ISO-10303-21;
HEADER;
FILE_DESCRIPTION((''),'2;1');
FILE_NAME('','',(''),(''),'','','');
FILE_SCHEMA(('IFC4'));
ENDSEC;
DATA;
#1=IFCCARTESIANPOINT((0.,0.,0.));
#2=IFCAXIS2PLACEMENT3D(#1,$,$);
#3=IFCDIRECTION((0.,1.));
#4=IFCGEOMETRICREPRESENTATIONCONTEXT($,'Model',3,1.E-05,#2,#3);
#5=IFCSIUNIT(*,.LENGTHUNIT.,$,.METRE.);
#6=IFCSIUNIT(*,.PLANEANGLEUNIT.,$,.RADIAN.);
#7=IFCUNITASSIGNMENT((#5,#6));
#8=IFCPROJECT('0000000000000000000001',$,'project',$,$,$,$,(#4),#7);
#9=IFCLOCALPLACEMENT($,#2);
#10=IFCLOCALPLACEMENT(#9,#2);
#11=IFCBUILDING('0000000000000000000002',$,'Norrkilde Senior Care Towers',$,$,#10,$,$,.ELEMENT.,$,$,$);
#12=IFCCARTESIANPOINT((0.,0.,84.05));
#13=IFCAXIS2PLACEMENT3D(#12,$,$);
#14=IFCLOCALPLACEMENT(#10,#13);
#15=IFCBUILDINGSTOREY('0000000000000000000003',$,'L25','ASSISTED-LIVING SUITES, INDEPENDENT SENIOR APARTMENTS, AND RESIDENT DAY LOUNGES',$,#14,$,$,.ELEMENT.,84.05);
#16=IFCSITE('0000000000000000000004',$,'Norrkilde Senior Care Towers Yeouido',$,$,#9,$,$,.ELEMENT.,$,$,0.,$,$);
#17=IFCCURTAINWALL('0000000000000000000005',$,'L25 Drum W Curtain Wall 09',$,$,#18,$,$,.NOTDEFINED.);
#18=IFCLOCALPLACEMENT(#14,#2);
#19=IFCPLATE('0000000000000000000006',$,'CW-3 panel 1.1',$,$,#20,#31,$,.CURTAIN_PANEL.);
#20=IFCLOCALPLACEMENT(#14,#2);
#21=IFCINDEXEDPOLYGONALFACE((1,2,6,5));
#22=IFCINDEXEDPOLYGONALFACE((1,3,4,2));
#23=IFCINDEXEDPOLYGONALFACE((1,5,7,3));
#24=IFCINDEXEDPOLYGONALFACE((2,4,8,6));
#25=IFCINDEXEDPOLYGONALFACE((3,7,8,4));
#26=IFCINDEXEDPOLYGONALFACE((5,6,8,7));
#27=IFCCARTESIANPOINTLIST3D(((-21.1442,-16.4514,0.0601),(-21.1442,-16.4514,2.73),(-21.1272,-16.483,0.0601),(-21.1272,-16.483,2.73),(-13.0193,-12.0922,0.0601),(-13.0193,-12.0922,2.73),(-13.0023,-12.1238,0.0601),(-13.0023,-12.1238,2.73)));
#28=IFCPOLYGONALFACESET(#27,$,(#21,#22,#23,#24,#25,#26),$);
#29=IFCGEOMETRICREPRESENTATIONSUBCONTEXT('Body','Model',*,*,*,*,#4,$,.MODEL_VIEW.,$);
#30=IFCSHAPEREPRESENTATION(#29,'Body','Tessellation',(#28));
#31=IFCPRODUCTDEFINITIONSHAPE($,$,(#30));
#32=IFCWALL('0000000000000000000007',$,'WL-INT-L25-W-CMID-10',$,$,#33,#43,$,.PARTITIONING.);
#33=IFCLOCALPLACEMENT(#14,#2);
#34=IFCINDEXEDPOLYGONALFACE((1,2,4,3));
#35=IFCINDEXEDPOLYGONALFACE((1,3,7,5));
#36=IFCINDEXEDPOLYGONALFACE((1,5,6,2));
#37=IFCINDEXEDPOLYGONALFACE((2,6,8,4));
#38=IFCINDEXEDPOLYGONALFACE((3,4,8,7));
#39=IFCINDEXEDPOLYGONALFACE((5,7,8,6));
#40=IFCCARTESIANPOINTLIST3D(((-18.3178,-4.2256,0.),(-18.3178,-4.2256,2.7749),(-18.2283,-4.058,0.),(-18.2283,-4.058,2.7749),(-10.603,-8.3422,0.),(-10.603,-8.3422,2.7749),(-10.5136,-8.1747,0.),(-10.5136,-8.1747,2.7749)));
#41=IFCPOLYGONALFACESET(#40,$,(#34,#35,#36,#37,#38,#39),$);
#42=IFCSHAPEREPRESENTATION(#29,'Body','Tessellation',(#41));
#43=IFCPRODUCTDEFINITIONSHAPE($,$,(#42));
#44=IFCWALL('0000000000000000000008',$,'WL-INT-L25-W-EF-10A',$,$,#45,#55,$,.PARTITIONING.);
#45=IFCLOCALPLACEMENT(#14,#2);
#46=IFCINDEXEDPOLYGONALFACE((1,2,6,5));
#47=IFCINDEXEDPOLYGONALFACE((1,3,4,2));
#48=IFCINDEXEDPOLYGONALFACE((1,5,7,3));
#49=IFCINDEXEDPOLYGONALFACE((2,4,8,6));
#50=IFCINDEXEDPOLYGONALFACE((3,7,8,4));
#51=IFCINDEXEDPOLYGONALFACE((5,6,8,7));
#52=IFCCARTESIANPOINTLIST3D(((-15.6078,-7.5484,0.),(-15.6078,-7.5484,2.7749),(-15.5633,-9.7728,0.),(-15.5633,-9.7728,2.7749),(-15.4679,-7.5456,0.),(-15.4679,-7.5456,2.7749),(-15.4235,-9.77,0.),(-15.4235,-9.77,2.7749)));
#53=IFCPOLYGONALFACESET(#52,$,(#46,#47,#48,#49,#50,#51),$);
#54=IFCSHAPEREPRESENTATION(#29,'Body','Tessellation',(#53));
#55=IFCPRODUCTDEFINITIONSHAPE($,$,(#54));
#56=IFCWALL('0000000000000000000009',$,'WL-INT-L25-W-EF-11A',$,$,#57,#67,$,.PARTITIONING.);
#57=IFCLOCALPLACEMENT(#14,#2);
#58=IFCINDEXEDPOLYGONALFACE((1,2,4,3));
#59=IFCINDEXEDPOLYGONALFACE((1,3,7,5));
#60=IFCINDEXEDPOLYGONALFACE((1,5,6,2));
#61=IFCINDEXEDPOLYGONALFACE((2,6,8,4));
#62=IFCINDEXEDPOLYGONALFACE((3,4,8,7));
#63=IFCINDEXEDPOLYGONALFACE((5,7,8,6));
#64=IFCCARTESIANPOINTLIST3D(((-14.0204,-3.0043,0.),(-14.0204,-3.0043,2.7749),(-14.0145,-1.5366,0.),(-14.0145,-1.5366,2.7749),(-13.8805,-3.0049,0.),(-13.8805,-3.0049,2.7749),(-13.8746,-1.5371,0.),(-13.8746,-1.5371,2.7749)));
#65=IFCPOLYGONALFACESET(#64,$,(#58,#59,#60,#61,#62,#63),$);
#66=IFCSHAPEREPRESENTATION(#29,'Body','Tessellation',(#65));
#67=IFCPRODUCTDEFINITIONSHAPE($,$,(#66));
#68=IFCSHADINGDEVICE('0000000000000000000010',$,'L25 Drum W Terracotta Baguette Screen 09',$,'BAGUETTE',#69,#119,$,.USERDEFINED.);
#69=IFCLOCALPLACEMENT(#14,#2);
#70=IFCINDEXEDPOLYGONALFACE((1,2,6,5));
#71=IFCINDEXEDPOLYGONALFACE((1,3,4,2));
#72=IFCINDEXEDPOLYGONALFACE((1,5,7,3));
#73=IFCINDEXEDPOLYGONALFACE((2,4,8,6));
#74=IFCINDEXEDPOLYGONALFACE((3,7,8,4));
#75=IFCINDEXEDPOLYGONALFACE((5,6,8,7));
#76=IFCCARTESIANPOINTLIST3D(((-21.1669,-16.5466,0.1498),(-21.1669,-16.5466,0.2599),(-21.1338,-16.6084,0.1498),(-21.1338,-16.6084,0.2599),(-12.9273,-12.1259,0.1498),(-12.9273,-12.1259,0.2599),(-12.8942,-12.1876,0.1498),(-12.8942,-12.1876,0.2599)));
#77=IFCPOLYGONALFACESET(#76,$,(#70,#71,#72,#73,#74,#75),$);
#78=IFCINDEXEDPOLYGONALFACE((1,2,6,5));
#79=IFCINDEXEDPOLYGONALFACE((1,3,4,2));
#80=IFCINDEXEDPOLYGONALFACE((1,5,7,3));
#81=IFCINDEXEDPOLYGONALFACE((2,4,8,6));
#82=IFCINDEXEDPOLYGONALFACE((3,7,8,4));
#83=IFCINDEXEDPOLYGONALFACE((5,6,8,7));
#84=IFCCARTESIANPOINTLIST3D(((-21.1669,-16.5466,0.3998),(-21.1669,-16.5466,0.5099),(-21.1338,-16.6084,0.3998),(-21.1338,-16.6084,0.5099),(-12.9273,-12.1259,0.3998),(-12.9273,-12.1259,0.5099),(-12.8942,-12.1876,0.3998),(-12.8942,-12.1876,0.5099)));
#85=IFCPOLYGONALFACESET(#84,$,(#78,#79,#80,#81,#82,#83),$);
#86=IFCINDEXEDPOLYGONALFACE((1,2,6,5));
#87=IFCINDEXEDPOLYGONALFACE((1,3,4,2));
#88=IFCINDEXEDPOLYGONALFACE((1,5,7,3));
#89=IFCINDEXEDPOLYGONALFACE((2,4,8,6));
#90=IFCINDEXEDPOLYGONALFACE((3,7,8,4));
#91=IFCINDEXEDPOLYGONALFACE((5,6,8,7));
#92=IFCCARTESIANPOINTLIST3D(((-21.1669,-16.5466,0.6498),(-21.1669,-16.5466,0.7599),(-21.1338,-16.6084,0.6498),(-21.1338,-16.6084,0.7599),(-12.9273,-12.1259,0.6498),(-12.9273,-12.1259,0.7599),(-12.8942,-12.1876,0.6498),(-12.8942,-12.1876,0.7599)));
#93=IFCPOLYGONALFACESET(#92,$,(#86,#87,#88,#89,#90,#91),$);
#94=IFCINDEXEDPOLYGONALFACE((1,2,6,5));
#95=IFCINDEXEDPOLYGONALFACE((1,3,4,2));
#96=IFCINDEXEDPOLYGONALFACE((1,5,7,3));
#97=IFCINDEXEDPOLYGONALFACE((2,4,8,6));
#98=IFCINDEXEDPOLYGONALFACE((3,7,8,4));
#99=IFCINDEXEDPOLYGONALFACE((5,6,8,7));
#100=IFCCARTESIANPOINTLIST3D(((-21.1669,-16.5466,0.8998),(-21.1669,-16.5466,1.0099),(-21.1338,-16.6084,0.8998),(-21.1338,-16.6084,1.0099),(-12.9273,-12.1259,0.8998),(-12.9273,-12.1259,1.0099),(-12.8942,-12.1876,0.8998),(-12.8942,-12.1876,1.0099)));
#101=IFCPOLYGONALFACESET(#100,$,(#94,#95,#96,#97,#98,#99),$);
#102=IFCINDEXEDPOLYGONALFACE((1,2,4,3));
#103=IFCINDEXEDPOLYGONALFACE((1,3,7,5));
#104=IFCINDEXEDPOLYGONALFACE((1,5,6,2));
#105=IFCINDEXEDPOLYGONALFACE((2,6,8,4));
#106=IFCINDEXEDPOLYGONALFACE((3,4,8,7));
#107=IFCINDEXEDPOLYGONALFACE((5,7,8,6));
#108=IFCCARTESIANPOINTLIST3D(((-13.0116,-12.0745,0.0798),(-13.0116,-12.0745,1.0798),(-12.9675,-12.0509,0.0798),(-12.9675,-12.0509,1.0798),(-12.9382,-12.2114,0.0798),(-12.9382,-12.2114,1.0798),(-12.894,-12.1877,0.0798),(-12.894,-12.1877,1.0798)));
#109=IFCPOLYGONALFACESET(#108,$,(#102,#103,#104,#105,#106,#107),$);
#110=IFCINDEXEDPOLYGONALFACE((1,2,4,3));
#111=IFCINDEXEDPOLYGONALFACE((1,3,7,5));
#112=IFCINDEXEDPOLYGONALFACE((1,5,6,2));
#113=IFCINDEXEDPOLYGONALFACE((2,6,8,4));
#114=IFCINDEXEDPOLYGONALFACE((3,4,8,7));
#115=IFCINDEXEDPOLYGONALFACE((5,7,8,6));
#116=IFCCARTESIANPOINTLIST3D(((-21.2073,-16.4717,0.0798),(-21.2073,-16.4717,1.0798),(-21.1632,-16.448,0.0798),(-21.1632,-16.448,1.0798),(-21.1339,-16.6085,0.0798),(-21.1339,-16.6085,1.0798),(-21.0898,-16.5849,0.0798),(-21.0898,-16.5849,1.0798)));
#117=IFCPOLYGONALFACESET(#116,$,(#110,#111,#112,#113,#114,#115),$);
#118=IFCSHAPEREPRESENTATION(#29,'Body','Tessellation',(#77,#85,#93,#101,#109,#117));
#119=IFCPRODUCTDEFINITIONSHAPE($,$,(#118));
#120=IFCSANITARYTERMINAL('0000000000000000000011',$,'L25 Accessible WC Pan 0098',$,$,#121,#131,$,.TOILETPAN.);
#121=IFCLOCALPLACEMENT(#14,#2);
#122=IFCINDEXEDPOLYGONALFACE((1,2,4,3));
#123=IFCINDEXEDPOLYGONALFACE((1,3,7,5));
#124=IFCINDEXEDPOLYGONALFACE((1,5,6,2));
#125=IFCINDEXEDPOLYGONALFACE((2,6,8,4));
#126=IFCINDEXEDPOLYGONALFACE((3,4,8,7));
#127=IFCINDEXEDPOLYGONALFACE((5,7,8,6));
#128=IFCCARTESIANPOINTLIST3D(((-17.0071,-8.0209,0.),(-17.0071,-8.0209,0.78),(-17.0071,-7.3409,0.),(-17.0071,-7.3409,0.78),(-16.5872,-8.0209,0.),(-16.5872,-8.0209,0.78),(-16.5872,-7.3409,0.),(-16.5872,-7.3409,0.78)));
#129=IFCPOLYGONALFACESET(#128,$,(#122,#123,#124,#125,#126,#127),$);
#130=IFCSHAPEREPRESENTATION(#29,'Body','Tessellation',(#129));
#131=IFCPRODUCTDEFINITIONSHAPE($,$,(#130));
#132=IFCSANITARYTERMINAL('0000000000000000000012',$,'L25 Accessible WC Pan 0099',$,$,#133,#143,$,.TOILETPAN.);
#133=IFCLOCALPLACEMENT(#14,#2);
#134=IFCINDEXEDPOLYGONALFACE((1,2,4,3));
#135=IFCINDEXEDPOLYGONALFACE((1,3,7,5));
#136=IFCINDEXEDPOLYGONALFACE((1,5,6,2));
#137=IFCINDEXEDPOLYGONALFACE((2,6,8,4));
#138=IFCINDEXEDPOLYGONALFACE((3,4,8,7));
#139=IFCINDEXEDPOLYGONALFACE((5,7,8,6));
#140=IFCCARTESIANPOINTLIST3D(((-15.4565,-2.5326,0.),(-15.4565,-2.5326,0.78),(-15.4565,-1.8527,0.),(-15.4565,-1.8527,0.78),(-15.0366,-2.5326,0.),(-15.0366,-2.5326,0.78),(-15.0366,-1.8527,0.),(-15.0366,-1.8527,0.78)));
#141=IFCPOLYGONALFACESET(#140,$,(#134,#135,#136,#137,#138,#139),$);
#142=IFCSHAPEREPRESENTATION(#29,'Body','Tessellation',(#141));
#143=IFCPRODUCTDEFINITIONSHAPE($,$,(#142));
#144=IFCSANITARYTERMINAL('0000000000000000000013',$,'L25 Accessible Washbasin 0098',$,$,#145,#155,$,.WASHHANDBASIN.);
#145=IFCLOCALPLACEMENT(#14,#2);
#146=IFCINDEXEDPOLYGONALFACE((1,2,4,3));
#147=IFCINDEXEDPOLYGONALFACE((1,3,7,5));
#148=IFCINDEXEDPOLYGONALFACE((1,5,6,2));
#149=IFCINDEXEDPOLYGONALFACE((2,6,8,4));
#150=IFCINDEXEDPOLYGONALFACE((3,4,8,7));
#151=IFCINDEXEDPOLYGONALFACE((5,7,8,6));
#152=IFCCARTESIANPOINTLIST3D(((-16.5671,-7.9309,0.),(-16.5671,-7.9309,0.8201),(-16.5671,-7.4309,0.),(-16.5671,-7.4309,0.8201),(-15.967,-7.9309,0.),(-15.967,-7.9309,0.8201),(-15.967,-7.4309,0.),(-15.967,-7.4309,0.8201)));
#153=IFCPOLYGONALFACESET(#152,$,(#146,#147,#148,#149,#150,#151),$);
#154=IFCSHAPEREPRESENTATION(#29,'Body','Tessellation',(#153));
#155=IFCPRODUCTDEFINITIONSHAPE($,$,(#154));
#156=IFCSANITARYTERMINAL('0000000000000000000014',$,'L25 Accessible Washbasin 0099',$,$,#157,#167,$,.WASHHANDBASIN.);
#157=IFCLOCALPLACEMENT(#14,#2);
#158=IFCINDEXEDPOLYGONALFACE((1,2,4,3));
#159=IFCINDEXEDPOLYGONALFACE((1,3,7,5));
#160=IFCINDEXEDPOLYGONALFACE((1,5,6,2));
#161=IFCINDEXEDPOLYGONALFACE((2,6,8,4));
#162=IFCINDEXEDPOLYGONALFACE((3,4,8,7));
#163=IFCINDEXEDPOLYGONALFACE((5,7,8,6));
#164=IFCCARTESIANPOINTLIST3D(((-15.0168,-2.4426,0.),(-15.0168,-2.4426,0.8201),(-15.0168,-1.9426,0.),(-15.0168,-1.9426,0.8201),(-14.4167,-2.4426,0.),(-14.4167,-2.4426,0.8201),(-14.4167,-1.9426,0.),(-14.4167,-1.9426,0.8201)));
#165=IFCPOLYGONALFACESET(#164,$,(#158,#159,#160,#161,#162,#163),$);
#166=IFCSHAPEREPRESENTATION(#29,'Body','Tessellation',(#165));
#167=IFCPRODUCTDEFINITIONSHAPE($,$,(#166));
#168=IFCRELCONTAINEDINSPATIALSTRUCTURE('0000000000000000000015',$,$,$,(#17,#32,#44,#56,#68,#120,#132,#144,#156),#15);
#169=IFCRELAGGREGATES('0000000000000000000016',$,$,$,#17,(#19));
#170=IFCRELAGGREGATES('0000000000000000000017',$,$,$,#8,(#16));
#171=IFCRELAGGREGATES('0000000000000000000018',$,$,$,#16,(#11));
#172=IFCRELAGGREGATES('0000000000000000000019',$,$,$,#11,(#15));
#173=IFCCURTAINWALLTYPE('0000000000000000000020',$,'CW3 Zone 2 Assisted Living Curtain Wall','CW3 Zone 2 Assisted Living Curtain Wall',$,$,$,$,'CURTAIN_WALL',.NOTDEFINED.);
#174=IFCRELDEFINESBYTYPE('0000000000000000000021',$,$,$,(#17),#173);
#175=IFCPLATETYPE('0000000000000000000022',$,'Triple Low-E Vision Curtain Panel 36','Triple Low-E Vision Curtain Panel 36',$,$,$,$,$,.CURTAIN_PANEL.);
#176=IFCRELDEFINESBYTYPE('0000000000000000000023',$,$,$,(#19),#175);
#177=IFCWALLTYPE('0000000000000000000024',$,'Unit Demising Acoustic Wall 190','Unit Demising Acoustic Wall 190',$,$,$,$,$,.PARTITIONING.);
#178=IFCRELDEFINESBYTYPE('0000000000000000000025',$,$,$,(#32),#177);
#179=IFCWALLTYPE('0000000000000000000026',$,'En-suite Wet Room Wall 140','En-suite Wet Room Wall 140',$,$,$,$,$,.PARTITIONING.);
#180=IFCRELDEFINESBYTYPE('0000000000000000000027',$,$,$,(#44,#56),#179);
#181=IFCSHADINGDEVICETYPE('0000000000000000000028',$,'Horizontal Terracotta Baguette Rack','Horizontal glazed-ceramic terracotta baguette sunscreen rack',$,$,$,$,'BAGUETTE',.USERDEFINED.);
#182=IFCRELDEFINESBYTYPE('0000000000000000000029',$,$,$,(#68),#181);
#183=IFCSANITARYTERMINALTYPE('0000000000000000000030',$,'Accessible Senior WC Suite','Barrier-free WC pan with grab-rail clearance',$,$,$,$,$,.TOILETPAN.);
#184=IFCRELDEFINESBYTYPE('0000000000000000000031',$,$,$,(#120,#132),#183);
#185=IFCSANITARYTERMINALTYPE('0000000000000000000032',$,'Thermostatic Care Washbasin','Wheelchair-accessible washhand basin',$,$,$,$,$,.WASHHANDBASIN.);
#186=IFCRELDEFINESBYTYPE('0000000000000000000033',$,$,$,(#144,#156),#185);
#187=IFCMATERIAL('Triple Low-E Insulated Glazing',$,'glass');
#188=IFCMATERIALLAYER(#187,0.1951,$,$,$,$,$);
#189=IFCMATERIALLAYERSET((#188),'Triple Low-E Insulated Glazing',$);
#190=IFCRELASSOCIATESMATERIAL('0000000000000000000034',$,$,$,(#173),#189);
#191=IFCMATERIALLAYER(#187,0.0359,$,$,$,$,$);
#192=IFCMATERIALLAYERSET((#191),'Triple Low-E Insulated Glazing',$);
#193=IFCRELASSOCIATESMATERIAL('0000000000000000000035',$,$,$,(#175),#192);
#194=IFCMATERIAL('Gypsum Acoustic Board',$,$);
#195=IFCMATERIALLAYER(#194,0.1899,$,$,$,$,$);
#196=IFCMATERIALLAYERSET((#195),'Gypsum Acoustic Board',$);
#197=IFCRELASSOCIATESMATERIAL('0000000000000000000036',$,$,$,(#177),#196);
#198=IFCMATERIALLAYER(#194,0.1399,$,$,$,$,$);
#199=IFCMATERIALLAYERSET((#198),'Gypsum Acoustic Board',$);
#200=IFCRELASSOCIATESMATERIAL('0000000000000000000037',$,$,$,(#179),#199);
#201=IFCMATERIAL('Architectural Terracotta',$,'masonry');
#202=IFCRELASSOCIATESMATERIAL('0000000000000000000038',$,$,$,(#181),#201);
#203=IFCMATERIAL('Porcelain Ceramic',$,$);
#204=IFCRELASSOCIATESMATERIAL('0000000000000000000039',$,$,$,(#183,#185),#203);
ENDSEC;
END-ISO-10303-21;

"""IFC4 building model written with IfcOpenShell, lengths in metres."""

from ifc_helpers import new_model, si_unit, direction, frame, frame_2d, origin, origin_2d, place, context, subcontext, project, spatial, rectangle, extrude, source, transform, mapped, material, layer, layer_set, type_object, type_shapes, element, aggregate, save


model = new_model("IFC4")

# Units and contexts
model_context = context("Model", 3, precision=1e-05, world=origin(), true_north=direction((0.0, 1.0)))
body_context = subcontext(model_context, "Body", "Model", "MODEL_VIEW")
ifc_project = project(units=[si_unit("LENGTHUNIT", "METRE"), si_unit("PLANEANGLEUNIT", "RADIAN")], contexts=[model_context])

# Site, building, storey
site_placement = place(None, origin())
site = spatial("IfcSite", under=ifc_project, at=site_placement, Name="Norrkilde Senior Care Towers Yeouido", CompositionType="ELEMENT", RefElevation=0.0)
building_placement = place(site_placement, origin())
building = spatial("IfcBuilding", under=site, at=building_placement, Name="Norrkilde Senior Care Towers", CompositionType="ELEMENT")
storey_placement = place(building_placement, frame((0.0, 0.0, 84.05)))
storey = spatial("IfcBuildingStorey", under=building, at=storey_placement, Name="L25", Description="ASSISTED-LIVING SUITES, INDEPENDENT SENIOR APARTMENTS, AND RESIDENT DAY LOUNGES", CompositionType="ELEMENT", Elevation=84.05)

# Curtain wall
ifc_material_1 = material(Name="Triple Low-E Insulated Glazing", Category="glass")
ifc_layer_1 = layer(ifc_material_1, 0.1951)
ifc_layer_set_1 = layer_set([ifc_layer_1], Name="Triple Low-E Insulated Glazing")
curtain_wall_type = type_object("IfcCurtainWallType", Name="CW3 Zone 2 Assisted Living Curtain Wall", Description="CW3 Zone 2 Assisted Living Curtain Wall", ElementType="CURTAIN_WALL", PredefinedType="NOTDEFINED", material=ifc_layer_set_1)
curtain_wall_1_placement = place(storey_placement, origin())
curtain_wall_1 = element("IfcCurtainWall", 1, at=curtain_wall_1_placement, inside=storey, type_object=curtain_wall_type, Name="L25 Drum W Curtain Wall 09", PredefinedType="NOTDEFINED")

# Plate
ifc_layer_2 = layer(ifc_material_1, 0.0359)
ifc_layer_set_2 = layer_set([ifc_layer_2], Name="Triple Low-E Insulated Glazing")
plate_type = type_object("IfcPlateType", Name="Triple Low-E Vision Curtain Panel 36", Description="Triple Low-E Vision Curtain Panel 36", PredefinedType="CURTAIN_PANEL", material=ifc_layer_set_2)
shared_shape_1 = source(origin(), body_context, "Body", "SweptSolid", [
    extrude(rectangle(XDim=9.2205, YDim=0.0359, at=origin_2d()), origin(), (0.0, 0.0, 1.0), 2.6699),
])
plate_1_placement = place(storey_placement, frame((-17.0732, -14.2876, 0.0601), z_axis=(0.0, 0.0, 1.0), x_axis=(-0.881186, -0.472769, 0.0)))
plate_1 = element("IfcPlate", 2, at=plate_1_placement, type_object=plate_type, Name="CW-3 panel 1.1", PredefinedType="CURTAIN_PANEL", context=body_context, shape_type="MappedRepresentation", body=[
    mapped(shared_shape_1, transform((0.0, 0.0, 0.0), x_axis=(1.0, 0.0, 0.0), y_axis=(0.0, 1.0, 0.0), z_axis=(0.0, 0.0, 1.0), scale=1.0)),
])
aggregate(curtain_wall_1, [plate_1])

# Walls
ifc_material_2 = material(Name="Gypsum Acoustic Board")
ifc_layer_3 = layer(ifc_material_2, 0.1899)
ifc_layer_set_3 = layer_set([ifc_layer_3], Name="Gypsum Acoustic Board")
wall_type_1 = type_object("IfcWallType", Name="Unit Demising Acoustic Wall 190", Description="Unit Demising Acoustic Wall 190", PredefinedType="PARTITIONING", material=ifc_layer_set_3)
shared_shape_2 = source(origin(), body_context, "Body", "SweptSolid", [
    extrude(rectangle(XDim=8.7444, YDim=0.1899, at=frame_2d((4.3721, 0.0))), origin(), (0.0, 0.0, 1.0), 2.7749),
])
type_shapes(wall_type_1, [shared_shape_2])
wall_1_placement = place(storey_placement, frame((-18.2729, -4.1418, 0.0), z_axis=(0.0, 0.0, 1.0), x_axis=(0.882252, -0.470777, 0.0)))
element("IfcWall", 3, at=wall_1_placement, inside=storey, type_object=wall_type_1, Name="WL-INT-L25-W-CMID-10", PredefinedType="PARTITIONING", context=body_context, shape_type="MappedRepresentation", body=[
    mapped(shared_shape_2, transform((0.0, 0.0, 0.0), x_axis=(1.0, 0.0, 0.0), y_axis=(0.0, 1.0, 0.0), z_axis=(0.0, 0.0, 1.0), scale=1.0)),
])
ifc_layer_4 = layer(ifc_material_2, 0.1399)
ifc_layer_set_4 = layer_set([ifc_layer_4], Name="Gypsum Acoustic Board")
wall_type_2 = type_object("IfcWallType", Name="En-suite Wet Room Wall 140", Description="En-suite Wet Room Wall 140", PredefinedType="PARTITIONING", material=ifc_layer_set_4)
shared_shape_3 = source(origin(), body_context, "Body", "SweptSolid", [
    extrude(rectangle(XDim=2.2249, YDim=0.1399, at=frame_2d((1.1123, 0.0))), origin(), (0.0, 0.0, 1.0), 2.7749),
])
wall_2_placement = place(storey_placement, frame((-15.5378, -7.5471, 0.0), z_axis=(0.0, 0.0, 1.0), x_axis=(0.019972, -0.999801, 0.0)))
element("IfcWall", 4, at=wall_2_placement, inside=storey, type_object=wall_type_2, Name="WL-INT-L25-W-EF-10A", PredefinedType="PARTITIONING", context=body_context, shape_type="MappedRepresentation", body=[
    mapped(shared_shape_3, transform((0.0, 0.0, 0.0), x_axis=(1.0, 0.0, 0.0), y_axis=(0.0, 1.0, 0.0), z_axis=(0.0, 0.0, 1.0), scale=1.0)),
])
shared_shape_4 = source(origin(), body_context, "Body", "SweptSolid", [
    extrude(rectangle(XDim=1.4678, YDim=0.1399, at=frame_2d((0.7339, 0.0))), origin(), (0.0, 0.0, 1.0), 2.7749),
])
type_shapes(wall_type_2, [shared_shape_3, shared_shape_4])
wall_3_placement = place(storey_placement, frame((-13.9446, -1.5369, 0.0), z_axis=(0.0, 0.0, 1.0), x_axis=(-0.003992, -0.999992, 0.0)))
element("IfcWall", 5, at=wall_3_placement, inside=storey, type_object=wall_type_2, Name="WL-INT-L25-W-EF-11A", PredefinedType="PARTITIONING", context=body_context, shape_type="MappedRepresentation", body=[
    mapped(shared_shape_4, transform((0.0, 0.0, 0.0), x_axis=(1.0, 0.0, 0.0), y_axis=(0.0, 1.0, 0.0), z_axis=(0.0, 0.0, 1.0), scale=1.0)),
])

# Shading device
ifc_material_3 = material(Name="Architectural Terracotta", Category="masonry")
shading_device_type = type_object("IfcShadingDeviceType", Name="Horizontal Terracotta Baguette Rack", Description="Horizontal glazed-ceramic terracotta baguette sunscreen rack", ElementType="BAGUETTE", PredefinedType="USERDEFINED", material=ifc_material_3)
shared_shape_5 = source(origin(), body_context, "Body", "SweptSolid", [
    extrude(rectangle(XDim=0.0701, YDim=0.1101, at=origin_2d()), frame((0.0, 0.0901, 0.125), z_axis=(1.0, 0.0, 0.0), x_axis=(0.0, 1.0, 0.0)), (0.0, 0.0, 1.0), 9.3506),
    extrude(rectangle(XDim=0.0701, YDim=0.1101, at=origin_2d()), frame((0.0, 0.0901, 0.375), z_axis=(1.0, 0.0, 0.0), x_axis=(0.0, 1.0, 0.0)), (0.0, 0.0, 1.0), 9.3506),
    extrude(rectangle(XDim=0.0701, YDim=0.1101, at=origin_2d()), frame((0.0, 0.0901, 0.625), z_axis=(1.0, 0.0, 0.0), x_axis=(0.0, 1.0, 0.0)), (0.0, 0.0, 1.0), 9.3506),
    extrude(rectangle(XDim=0.0701, YDim=0.1101, at=origin_2d()), frame((0.0, 0.0901, 0.875), z_axis=(1.0, 0.0, 0.0), x_axis=(0.0, 1.0, 0.0)), (0.0, 0.0, 1.0), 9.3506),
    extrude(rectangle(XDim=0.05, YDim=0.1553, at=origin_2d()), frame((0.0249, 0.0476, 0.0)), (0.0, 0.0, 1.0), 1.0),
    extrude(rectangle(XDim=0.05, YDim=0.1553, at=origin_2d()), frame((9.3257, 0.0476, 0.0)), (0.0, 0.0, 1.0), 1.0),
])
type_shapes(shading_device_type, [shared_shape_5])
shading_device_placement = place(storey_placement, frame((-12.9534, -12.0774, 0.0798), z_axis=(0.0, 0.0, 1.0), x_axis=(-0.881175, -0.472768, 0.0)))
element("IfcShadingDevice", 6, at=shading_device_placement, inside=storey, type_object=shading_device_type, Name="L25 Drum W Terracotta Baguette Screen 09", ObjectType="BAGUETTE", PredefinedType="USERDEFINED", context=body_context, shape_type="MappedRepresentation", body=[
    mapped(shared_shape_5, transform((0.0, 0.0, 0.0), x_axis=(1.0, 0.0, 0.0), y_axis=(0.0, 1.0, 0.0), z_axis=(0.0, 0.0, 1.0), scale=1.0)),
])

# Sanitary terminals
ifc_material_4 = material(Name="Porcelain Ceramic")
sanitary_terminal_type_1 = type_object("IfcSanitaryTerminalType", Name="Accessible Senior WC Suite", Description="Barrier-free WC pan with grab-rail clearance", PredefinedType="TOILETPAN", material=ifc_material_4)
shared_shape_6 = source(origin(), body_context, "Body", "SweptSolid", [
    extrude(rectangle(XDim=0.4199, YDim=0.6799, at=origin_2d()), origin(), (0.0, 0.0, 1.0), 0.78),
])
type_shapes(sanitary_terminal_type_1, [shared_shape_6])
for number, where, z_axis, x_axis, name in (
    (7, (-16.7971, -7.6809, 0.0), (0.0, 0.0, 1.0), (1.0, 0.0, 0.0), "L25 Accessible WC Pan 0098"),
    (8, (-15.2466, -2.1926, 0.0), (0.0, 0.0, 1.0), (1.0, 0.0, 0.0), "L25 Accessible WC Pan 0099"),
):
    element("IfcSanitaryTerminal", number, at=place(storey_placement, frame(where, z_axis=z_axis, x_axis=x_axis)), inside=storey, type_object=sanitary_terminal_type_1, Name=name, PredefinedType="TOILETPAN", context=body_context, shape_type="MappedRepresentation", body=[
        mapped(shared_shape_6, transform((0.0, 0.0, 0.0), x_axis=(1.0, 0.0, 0.0), y_axis=(0.0, 1.0, 0.0), z_axis=(0.0, 0.0, 1.0), scale=1.0)),
    ])
sanitary_terminal_type_2 = type_object("IfcSanitaryTerminalType", Name="Thermostatic Care Washbasin", Description="Wheelchair-accessible washhand basin", PredefinedType="WASHHANDBASIN", material=ifc_material_4)
shared_shape_7 = source(origin(), body_context, "Body", "SweptSolid", [
    extrude(rectangle(XDim=0.6001, YDim=0.5, at=origin_2d()), origin(), (0.0, 0.0, 1.0), 0.8201),
])
type_shapes(sanitary_terminal_type_2, [shared_shape_7])
for number, where, z_axis, x_axis, name in (
    (9, (-16.2671, -7.6809, 0.0), (0.0, 0.0, 1.0), (1.0, 0.0, 0.0), "L25 Accessible Washbasin 0098"),
    (10, (-14.7168, -2.1926, 0.0), (0.0, 0.0, 1.0), (1.0, 0.0, 0.0), "L25 Accessible Washbasin 0099"),
):
    element("IfcSanitaryTerminal", number, at=place(storey_placement, frame(where, z_axis=z_axis, x_axis=x_axis)), inside=storey, type_object=sanitary_terminal_type_2, Name=name, PredefinedType="WASHHANDBASIN", context=body_context, shape_type="MappedRepresentation", body=[
        mapped(shared_shape_7, transform((0.0, 0.0, 0.0), x_axis=(1.0, 0.0, 0.0), y_axis=(0.0, 1.0, 0.0), z_axis=(0.0, 0.0, 1.0), scale=1.0)),
    ])

save(model, "model.ifc")
